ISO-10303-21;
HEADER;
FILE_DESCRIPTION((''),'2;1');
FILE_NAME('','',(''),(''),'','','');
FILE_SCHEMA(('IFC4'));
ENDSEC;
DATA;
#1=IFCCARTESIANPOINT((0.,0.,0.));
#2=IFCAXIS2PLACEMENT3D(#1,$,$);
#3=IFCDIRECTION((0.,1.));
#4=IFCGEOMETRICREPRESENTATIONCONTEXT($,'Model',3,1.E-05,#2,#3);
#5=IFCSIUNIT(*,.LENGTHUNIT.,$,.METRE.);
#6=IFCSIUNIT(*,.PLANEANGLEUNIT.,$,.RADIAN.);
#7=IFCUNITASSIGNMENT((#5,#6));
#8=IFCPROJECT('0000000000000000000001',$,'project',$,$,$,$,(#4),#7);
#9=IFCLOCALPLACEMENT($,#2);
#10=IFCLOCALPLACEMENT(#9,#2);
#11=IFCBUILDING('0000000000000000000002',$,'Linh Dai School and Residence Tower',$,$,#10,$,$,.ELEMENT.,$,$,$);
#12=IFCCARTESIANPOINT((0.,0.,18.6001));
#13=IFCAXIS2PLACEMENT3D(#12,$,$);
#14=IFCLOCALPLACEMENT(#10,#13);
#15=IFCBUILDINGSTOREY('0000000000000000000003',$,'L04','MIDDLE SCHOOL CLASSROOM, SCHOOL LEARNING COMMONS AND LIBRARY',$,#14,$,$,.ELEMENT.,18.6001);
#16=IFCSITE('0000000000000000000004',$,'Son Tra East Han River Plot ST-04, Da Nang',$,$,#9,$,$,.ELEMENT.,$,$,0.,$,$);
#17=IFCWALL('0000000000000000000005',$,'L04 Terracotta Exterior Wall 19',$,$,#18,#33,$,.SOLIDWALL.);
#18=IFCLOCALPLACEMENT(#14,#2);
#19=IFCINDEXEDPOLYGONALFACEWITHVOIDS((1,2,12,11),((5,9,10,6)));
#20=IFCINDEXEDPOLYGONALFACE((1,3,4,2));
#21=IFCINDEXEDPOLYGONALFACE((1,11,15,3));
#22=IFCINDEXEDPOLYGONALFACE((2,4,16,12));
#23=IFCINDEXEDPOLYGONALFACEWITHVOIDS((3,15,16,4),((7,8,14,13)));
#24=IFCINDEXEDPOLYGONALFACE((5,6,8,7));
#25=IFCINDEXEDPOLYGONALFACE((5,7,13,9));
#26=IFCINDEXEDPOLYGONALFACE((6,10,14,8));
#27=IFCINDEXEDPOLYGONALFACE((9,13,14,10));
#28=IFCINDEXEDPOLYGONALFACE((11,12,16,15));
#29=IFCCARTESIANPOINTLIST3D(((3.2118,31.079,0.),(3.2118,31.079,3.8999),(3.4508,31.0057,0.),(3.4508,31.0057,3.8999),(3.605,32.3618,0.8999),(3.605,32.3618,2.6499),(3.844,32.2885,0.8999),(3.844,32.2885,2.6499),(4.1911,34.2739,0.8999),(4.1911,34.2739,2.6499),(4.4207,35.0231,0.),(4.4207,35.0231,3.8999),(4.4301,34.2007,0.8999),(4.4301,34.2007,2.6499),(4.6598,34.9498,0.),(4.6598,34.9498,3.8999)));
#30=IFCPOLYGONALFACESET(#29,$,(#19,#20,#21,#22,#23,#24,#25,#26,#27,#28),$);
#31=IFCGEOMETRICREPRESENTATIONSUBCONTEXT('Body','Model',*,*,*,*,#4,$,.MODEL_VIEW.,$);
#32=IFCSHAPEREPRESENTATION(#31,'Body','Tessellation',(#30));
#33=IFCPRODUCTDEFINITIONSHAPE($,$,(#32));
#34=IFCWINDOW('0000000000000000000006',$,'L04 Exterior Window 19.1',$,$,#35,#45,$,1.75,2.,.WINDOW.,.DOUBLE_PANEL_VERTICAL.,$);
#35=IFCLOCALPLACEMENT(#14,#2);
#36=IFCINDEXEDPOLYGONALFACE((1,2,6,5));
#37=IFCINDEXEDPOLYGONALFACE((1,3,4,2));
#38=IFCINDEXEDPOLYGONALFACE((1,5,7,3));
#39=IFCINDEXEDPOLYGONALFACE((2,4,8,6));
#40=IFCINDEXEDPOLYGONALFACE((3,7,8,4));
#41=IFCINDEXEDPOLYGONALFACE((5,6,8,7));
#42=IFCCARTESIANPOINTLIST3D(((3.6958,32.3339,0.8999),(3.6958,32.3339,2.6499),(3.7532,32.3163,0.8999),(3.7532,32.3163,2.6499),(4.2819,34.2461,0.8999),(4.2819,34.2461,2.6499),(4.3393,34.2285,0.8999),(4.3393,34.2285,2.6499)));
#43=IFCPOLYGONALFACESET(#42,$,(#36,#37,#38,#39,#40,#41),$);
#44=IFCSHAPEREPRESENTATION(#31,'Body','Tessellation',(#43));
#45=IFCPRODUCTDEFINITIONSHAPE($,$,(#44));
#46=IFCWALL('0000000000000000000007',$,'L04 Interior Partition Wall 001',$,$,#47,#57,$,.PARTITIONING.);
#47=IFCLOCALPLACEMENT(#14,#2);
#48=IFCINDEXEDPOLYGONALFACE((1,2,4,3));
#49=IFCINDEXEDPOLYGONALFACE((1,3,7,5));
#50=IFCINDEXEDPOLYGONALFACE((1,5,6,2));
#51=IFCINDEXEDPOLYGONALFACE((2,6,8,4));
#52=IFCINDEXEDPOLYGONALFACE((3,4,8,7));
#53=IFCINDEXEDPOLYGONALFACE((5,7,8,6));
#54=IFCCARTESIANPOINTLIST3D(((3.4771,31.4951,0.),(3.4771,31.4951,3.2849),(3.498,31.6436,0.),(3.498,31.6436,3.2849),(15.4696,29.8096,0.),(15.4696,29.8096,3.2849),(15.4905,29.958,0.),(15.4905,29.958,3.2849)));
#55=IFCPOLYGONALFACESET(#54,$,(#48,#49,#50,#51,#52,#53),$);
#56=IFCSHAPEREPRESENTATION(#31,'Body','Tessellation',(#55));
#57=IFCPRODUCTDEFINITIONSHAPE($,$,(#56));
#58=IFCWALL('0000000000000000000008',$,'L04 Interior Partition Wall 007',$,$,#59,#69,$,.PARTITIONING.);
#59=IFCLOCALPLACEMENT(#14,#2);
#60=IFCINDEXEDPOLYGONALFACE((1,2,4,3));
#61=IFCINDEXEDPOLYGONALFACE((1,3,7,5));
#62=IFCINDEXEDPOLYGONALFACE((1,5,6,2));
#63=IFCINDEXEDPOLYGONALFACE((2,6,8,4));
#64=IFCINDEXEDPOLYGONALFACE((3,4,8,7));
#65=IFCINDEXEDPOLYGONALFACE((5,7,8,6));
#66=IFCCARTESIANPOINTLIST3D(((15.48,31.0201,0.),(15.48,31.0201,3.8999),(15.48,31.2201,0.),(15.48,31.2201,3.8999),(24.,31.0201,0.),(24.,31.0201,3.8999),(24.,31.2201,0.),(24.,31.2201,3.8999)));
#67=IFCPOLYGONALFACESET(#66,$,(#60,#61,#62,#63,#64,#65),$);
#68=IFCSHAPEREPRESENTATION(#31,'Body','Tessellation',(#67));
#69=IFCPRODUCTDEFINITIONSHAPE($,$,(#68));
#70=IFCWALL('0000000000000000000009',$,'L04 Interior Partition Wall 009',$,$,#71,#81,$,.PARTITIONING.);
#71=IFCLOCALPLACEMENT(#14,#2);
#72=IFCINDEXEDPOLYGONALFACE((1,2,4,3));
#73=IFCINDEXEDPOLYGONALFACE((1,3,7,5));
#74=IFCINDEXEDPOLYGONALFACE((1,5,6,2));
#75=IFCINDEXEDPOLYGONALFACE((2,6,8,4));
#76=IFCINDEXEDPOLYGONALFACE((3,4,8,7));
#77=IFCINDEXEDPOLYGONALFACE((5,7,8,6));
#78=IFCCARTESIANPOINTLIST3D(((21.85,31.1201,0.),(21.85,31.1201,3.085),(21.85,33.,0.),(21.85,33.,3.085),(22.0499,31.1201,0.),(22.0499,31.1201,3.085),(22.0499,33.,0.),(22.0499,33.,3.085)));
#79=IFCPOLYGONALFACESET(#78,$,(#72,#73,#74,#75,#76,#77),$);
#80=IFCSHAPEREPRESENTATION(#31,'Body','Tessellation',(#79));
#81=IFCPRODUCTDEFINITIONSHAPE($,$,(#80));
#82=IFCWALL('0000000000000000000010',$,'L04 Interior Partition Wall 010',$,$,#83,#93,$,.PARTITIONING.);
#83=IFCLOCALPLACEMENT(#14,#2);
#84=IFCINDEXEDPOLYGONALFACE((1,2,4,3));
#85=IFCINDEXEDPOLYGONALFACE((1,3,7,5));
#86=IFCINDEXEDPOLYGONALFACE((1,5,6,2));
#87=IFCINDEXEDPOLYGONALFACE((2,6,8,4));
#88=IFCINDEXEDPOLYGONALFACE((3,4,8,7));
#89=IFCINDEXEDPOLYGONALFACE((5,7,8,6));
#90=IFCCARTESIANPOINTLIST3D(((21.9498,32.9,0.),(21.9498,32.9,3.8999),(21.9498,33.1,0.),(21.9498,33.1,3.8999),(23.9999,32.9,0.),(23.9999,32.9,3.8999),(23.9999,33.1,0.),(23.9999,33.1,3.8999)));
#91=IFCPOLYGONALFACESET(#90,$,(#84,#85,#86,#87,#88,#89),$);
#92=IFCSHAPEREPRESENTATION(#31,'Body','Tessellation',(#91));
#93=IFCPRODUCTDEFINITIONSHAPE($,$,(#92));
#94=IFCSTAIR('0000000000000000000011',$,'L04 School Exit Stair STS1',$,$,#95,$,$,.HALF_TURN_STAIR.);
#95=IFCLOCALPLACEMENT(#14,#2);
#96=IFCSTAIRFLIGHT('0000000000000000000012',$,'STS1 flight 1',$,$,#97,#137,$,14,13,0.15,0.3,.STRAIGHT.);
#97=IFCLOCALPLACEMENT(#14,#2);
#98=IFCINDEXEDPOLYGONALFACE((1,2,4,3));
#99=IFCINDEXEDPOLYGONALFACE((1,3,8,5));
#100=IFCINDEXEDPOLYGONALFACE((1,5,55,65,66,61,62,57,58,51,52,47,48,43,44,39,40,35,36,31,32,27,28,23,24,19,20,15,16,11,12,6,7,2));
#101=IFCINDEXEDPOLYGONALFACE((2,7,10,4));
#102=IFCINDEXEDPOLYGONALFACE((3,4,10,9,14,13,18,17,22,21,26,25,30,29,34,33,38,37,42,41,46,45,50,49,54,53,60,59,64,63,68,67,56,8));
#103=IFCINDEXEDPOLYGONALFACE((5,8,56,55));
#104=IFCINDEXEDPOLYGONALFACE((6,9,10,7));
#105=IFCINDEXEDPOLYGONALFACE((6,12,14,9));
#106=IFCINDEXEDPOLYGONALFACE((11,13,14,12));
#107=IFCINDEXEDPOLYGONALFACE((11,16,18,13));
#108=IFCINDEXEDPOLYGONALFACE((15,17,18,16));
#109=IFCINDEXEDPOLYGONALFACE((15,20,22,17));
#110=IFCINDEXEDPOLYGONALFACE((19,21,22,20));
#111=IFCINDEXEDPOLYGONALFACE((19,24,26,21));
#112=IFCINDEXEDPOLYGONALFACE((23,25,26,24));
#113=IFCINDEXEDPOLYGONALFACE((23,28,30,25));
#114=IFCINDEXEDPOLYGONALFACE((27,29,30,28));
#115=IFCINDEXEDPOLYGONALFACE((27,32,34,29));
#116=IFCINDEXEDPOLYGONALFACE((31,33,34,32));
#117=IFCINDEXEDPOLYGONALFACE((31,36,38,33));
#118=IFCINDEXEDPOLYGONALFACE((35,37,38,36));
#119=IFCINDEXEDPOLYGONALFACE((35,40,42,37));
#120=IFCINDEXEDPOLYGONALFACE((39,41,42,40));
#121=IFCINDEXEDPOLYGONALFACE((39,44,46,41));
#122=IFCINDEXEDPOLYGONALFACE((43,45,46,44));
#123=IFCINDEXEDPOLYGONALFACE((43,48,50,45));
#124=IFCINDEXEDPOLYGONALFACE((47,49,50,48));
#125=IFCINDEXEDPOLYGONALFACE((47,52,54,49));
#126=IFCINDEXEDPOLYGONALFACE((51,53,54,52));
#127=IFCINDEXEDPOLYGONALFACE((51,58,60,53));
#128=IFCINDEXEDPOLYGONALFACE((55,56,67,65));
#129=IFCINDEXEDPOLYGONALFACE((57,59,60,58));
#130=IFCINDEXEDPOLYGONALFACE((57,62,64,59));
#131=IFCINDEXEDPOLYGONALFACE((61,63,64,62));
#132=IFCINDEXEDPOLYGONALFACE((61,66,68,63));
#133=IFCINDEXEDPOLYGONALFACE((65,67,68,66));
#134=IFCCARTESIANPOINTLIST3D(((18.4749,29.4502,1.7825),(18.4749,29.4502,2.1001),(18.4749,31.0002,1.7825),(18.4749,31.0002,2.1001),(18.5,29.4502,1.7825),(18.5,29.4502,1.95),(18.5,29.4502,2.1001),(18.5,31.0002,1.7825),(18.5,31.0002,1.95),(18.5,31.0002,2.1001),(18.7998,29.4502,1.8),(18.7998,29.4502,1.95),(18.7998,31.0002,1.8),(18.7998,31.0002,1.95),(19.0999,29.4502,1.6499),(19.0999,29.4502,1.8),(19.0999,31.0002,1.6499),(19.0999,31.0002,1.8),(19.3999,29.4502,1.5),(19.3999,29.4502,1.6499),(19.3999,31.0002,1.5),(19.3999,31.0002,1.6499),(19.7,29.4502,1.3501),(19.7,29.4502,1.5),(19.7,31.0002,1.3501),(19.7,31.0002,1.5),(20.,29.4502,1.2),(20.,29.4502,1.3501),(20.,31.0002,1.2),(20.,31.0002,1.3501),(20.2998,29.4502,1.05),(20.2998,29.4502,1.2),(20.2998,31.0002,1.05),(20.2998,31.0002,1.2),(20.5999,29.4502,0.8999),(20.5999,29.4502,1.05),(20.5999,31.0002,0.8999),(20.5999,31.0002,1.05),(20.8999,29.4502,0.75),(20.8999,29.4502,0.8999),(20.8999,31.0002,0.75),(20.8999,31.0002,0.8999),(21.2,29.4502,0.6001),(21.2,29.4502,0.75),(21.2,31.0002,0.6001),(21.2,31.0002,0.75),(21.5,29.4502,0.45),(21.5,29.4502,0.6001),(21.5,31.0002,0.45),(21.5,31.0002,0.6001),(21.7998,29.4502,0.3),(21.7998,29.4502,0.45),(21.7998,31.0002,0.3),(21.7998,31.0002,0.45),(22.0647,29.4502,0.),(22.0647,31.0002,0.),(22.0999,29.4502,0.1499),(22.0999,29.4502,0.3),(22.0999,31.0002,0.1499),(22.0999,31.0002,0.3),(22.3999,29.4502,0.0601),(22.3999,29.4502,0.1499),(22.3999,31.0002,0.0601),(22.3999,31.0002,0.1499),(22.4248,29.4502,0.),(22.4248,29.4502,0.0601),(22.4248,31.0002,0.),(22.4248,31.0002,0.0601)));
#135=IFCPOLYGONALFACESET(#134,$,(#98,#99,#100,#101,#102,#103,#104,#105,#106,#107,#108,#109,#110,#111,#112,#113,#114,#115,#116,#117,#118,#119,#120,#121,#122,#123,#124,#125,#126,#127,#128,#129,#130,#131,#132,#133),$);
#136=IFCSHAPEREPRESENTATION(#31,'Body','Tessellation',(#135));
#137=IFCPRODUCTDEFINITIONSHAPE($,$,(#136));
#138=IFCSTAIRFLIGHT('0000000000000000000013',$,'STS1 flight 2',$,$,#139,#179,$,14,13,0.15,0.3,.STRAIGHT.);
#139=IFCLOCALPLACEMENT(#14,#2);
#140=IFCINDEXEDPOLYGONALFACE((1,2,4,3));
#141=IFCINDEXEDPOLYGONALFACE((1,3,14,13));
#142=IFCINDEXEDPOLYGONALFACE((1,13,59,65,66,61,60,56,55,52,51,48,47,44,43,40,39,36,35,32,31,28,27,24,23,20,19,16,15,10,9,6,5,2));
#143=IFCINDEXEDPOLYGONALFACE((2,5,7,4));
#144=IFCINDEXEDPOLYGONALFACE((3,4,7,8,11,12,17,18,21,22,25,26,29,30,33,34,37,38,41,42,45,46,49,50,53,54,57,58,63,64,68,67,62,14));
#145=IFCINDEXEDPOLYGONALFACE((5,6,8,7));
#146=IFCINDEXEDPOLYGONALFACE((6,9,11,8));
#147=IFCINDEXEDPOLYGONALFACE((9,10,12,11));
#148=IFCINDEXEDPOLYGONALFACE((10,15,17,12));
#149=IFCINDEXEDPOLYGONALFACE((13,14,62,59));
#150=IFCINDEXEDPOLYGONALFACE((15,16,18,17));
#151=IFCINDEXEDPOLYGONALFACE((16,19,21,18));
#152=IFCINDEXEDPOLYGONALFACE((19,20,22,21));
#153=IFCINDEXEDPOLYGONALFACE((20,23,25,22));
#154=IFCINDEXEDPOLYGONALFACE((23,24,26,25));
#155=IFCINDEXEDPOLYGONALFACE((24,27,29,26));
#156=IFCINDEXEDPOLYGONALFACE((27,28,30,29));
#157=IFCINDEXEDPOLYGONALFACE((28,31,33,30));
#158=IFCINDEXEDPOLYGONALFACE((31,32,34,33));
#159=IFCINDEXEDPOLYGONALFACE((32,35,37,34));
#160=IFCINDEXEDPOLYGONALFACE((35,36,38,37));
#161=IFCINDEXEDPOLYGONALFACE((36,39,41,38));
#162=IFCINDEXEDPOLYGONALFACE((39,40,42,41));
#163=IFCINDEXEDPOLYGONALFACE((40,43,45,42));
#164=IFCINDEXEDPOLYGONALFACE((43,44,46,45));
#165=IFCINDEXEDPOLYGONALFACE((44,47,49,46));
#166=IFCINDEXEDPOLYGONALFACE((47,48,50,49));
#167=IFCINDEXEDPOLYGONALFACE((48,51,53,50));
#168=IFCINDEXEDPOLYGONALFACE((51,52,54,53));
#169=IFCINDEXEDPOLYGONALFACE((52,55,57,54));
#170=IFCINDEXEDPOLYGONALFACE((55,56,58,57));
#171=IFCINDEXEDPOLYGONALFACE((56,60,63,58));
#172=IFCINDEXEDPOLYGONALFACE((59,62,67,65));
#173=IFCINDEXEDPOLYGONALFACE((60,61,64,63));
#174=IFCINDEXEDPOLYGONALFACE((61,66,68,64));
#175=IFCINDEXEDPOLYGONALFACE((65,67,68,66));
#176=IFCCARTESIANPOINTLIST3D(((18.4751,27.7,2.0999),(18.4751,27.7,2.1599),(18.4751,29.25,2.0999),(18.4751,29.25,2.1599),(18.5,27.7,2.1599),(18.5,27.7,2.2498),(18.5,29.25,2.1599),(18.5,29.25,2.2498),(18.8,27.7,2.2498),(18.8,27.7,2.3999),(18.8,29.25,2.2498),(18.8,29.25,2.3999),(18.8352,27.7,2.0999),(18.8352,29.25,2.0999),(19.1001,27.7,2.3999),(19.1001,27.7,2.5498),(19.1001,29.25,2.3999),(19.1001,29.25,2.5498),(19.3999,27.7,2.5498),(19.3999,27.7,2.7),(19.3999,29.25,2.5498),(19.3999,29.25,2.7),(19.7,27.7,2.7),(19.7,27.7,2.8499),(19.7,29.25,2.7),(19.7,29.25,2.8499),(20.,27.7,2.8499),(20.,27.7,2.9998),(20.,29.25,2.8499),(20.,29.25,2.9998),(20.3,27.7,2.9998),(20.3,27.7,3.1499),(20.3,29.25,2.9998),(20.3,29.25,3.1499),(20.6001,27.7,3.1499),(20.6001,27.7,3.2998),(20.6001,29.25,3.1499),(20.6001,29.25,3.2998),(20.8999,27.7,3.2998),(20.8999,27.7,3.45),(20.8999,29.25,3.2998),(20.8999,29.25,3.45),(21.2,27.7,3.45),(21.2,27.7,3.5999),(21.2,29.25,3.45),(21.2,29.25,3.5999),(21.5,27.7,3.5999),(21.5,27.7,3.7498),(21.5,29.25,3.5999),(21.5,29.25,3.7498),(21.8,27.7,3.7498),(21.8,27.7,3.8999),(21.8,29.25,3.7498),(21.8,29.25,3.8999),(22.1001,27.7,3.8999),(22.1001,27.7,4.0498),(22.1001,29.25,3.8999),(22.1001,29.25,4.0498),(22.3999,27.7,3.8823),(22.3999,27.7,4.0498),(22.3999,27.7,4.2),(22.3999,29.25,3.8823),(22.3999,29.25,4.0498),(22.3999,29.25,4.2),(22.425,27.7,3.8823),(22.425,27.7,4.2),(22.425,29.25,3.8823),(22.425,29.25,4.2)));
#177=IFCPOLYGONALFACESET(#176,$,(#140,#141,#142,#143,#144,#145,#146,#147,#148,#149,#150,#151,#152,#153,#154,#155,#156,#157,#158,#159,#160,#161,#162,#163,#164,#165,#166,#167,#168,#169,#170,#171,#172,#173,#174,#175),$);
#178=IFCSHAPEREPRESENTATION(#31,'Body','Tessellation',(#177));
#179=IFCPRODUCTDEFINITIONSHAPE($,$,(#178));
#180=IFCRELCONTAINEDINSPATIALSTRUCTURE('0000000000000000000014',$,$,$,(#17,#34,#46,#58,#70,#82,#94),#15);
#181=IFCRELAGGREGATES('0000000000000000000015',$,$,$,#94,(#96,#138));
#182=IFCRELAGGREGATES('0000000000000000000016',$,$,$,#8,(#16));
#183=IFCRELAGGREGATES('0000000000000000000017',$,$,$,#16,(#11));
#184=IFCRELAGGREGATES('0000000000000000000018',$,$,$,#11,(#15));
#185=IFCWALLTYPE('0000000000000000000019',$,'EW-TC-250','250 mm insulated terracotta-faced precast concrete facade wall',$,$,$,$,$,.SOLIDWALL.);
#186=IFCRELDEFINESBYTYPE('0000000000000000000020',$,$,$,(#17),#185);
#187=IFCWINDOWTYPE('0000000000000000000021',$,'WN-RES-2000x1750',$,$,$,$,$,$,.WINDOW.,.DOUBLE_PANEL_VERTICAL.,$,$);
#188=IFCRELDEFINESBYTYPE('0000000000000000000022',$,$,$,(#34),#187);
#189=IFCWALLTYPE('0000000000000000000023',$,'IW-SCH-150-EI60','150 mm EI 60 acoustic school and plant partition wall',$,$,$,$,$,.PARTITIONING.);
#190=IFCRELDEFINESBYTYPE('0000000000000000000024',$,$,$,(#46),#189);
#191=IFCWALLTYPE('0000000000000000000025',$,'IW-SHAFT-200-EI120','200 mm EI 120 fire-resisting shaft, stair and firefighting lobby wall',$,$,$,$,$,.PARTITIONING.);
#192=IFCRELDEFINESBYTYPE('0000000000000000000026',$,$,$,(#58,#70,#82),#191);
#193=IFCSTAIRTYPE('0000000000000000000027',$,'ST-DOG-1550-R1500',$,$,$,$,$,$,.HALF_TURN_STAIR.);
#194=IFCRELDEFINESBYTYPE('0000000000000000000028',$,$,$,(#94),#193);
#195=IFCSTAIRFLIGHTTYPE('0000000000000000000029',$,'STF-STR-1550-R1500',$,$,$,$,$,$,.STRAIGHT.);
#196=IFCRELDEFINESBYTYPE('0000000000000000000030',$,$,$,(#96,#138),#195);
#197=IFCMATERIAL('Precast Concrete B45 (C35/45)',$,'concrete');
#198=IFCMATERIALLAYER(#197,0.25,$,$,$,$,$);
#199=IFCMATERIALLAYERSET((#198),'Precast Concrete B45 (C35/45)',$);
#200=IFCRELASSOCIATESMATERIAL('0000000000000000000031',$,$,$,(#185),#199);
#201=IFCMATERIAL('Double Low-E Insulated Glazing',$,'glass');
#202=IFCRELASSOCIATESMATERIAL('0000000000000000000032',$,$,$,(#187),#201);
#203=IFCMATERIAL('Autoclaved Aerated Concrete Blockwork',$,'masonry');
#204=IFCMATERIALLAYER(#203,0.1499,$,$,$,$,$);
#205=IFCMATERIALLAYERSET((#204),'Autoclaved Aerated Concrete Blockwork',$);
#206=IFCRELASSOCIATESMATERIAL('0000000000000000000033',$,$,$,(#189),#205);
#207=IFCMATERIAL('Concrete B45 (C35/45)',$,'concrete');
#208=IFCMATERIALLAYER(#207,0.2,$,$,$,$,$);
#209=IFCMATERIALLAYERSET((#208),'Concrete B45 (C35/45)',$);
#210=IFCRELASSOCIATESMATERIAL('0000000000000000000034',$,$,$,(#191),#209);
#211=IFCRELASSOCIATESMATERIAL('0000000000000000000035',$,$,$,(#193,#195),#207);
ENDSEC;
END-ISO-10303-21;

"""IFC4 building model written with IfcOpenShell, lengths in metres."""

from ifc_helpers import new_model, si_unit, direction, frame, frame_2d, origin, origin_2d, place, context, subcontext, project, spatial, polyline, rectangle, outline, extrude, source, transform, mapped, material, layer, layer_set, type_object, element, fill, aggregate, save


model = new_model("IFC4")

# Units and contexts
model_context = context("Model", 3, precision=1e-05, world=origin(), true_north=direction((0.0, 1.0)))
body_context = subcontext(model_context, "Body", "Model", "MODEL_VIEW")
ifc_project = project(units=[si_unit("LENGTHUNIT", "METRE"), si_unit("PLANEANGLEUNIT", "RADIAN")], contexts=[model_context])

# Site, building, storey
site_placement = place(None, origin())
site = spatial("IfcSite", under=ifc_project, at=site_placement, Name="Son Tra East Han River Plot ST-04, Da Nang", CompositionType="ELEMENT", RefElevation=0.0)
building_placement = place(site_placement, origin())
building = spatial("IfcBuilding", under=site, at=building_placement, Name="Linh Dai School and Residence Tower", CompositionType="ELEMENT")
storey_placement = place(building_placement, frame((0.0, 0.0, 18.6001)))
storey = spatial("IfcBuildingStorey", under=building, at=storey_placement, Name="L04", Description="MIDDLE SCHOOL CLASSROOM, SCHOOL LEARNING COMMONS AND LIBRARY", CompositionType="ELEMENT", Elevation=18.6001)

# Wall, opening, window
ifc_material_1 = material(Name="Precast Concrete B45 (C35/45)", Category="concrete")
ifc_layer_1 = layer(ifc_material_1, 0.25)
ifc_layer_set_1 = layer_set([ifc_layer_1], Name="Precast Concrete B45 (C35/45)")
wall_type_1 = type_object("IfcWallType", Name="EW-TC-250", Description="250 mm insulated terracotta-faced precast concrete facade wall", PredefinedType="SOLIDWALL", material=ifc_layer_set_1)
wall_1_placement = place(storey_placement, frame((3.3313, 31.0425, 0.0), z_axis=(0.0, 0.0, 1.0), x_axis=(0.293071, 0.956091, 0.0)))
wall_1 = element("IfcWall", 1, at=wall_1_placement, inside=storey, type_object=wall_type_1, Name="L04 Terracotta Exterior Wall 19", PredefinedType="SOLIDWALL", context=body_context, shape_type="SweptSolid", body=[
    extrude(rectangle(XDim=4.1252, YDim=0.25, at=frame_2d((2.0625, 0.0))), origin(), (0.0, 0.0, 1.0), 3.8999),
])
opening_placement = place(wall_1_placement, frame((1.3416, 0.0, 0.8999)))
opening = element("IfcOpeningElement", 2, at=opening_placement, cuts=wall_1, PredefinedType="OPENING", context=body_context, shape_type="SweptSolid", body=[
    extrude(rectangle(XDim=2.0, YDim=1.75, at=origin_2d()), frame((1.0, 0.135, 0.875), z_axis=(0.0, -1.0, 0.0), x_axis=(1.0, 0.0, 0.0)), (0.0, 0.0, 1.0), 0.27),
])
ifc_material_2 = material(Name="Double Low-E Insulated Glazing", Category="glass")
window_type = type_object("IfcWindowType", Name="WN-RES-2000x1750", PartitioningType="DOUBLE_PANEL_VERTICAL", PredefinedType="WINDOW", material=ifc_material_2)
shared_shape_1 = source(origin(), body_context, "Body", "SweptSolid", [
    extrude(rectangle(XDim=2.0, YDim=1.75, at=origin_2d()), frame((1.0, 0.03, 0.875), z_axis=(0.0, -1.0, 0.0), x_axis=(1.0, 0.0, 0.0)), (0.0, 0.0, 1.0), 0.0601),
])
window_placement = place(opening_placement, origin())
window = element("IfcWindow", 3, at=window_placement, inside=storey, type_object=window_type, Name="L04 Exterior Window 19.1", OverallHeight=1.75, OverallWidth=2.0, PartitioningType="DOUBLE_PANEL_VERTICAL", PredefinedType="WINDOW", context=body_context, shape_type="MappedRepresentation", body=[
    mapped(shared_shape_1, transform((0.0, 0.0, 0.0), x_axis=(1.0, 0.0, 0.0), y_axis=(0.0, 1.0, 0.0), z_axis=(0.0, 0.0, 1.0), scale=1.0)),
])
fill(opening, window)

# Walls
ifc_material_3 = material(Name="Autoclaved Aerated Concrete Blockwork", Category="masonry")
ifc_layer_2 = layer(ifc_material_3, 0.1499)
ifc_layer_set_2 = layer_set([ifc_layer_2], Name="Autoclaved Aerated Concrete Blockwork")
wall_type_2 = type_object("IfcWallType", Name="IW-SCH-150-EI60", Description="150 mm EI 60 acoustic school and plant partition wall", PredefinedType="PARTITIONING", material=ifc_layer_set_2)
wall_2_placement = place(storey_placement, frame((3.4875, 31.5693, 0.0), z_axis=(0.0, 0.0, 1.0), x_axis=(0.990267, -0.139183, 0.0)))
element("IfcWall", 4, at=wall_2_placement, inside=storey, type_object=wall_type_2, Name="L04 Interior Partition Wall 001", PredefinedType="PARTITIONING", context=body_context, shape_type="SweptSolid", body=[
    extrude(rectangle(XDim=12.1104, YDim=0.1499, at=frame_2d((6.0552, 0.0))), origin(), (0.0, 0.0, 1.0), 3.2849),
])
ifc_material_4 = material(Name="Concrete B45 (C35/45)", Category="concrete")
ifc_layer_3 = layer(ifc_material_4, 0.2)
ifc_layer_set_3 = layer_set([ifc_layer_3], Name="Concrete B45 (C35/45)")
wall_type_3 = type_object("IfcWallType", Name="IW-SHAFT-200-EI120", Description="200 mm EI 120 fire-resisting shaft, stair and firefighting lobby wall", PredefinedType="PARTITIONING", material=ifc_layer_set_3)
wall_3_placement = place(storey_placement, frame((15.48, 31.1201, 0.0), z_axis=(0.0, 0.0, 1.0), x_axis=(1.0, 0.0, 0.0)))
element("IfcWall", 5, at=wall_3_placement, inside=storey, type_object=wall_type_3, Name="L04 Interior Partition Wall 007", PredefinedType="PARTITIONING", context=body_context, shape_type="SweptSolid", body=[
    extrude(rectangle(XDim=8.52, YDim=0.2, at=frame_2d((4.26, 0.0))), origin(), (0.0, 0.0, 1.0), 3.8999),
])
wall_4_placement = place(storey_placement, frame((21.95, 31.1201, 0.0), z_axis=(0.0, 0.0, 1.0), x_axis=(0.0, 1.0, 0.0)))
element("IfcWall", 6, at=wall_4_placement, inside=storey, type_object=wall_type_3, Name="L04 Interior Partition Wall 009", PredefinedType="PARTITIONING", context=body_context, shape_type="SweptSolid", body=[
    extrude(rectangle(XDim=1.8799, YDim=0.2, at=frame_2d((0.9399, 0.0))), origin(), (0.0, 0.0, 1.0), 3.085),
])
wall_5_placement = place(storey_placement, frame((21.95, 33.0, 0.0), z_axis=(0.0, 0.0, 1.0), x_axis=(1.0, 0.0, 0.0)))
element("IfcWall", 7, at=wall_5_placement, inside=storey, type_object=wall_type_3, Name="L04 Interior Partition Wall 010", PredefinedType="PARTITIONING", context=body_context, shape_type="SweptSolid", body=[
    extrude(rectangle(XDim=2.05, YDim=0.2, at=frame_2d((1.0249, 0.0))), origin(), (0.0, 0.0, 1.0), 3.8999),
])

# Stair, stair flights
stair_type = type_object("IfcStairType", Name="ST-DOG-1550-R1500", PredefinedType="HALF_TURN_STAIR", material=ifc_material_4)
stair_placement = place(storey_placement, origin())
stair = element("IfcStair", 8, at=stair_placement, inside=storey, type_object=stair_type, Name="L04 School Exit Stair STS1", PredefinedType="HALF_TURN_STAIR")
stair_flight_type = type_object("IfcStairFlightType", Name="STF-STR-1550-R1500", PredefinedType="STRAIGHT", material=ifc_material_4)
shared_shape_2 = source(origin(), body_context, "Body", "SweptSolid", [
    extrude(outline(polyline([(-0.0249, 0.0), (-0.0249, 0.0601), (0.0, 0.0601), (0.0, 0.1499), (0.3, 0.1499), (0.3, 0.3), (0.6001, 0.3), (0.6001, 0.45), (0.8999, 0.45), (0.8999, 0.6001), (1.2, 0.6001), (1.2, 0.75), (1.5, 0.75), (1.5, 0.8999), (1.8, 0.8999), (1.8, 1.05), (2.1001, 1.05), (2.1001, 1.2), (2.3999, 1.2), (2.3999, 1.3501), (2.7, 1.3501), (2.7, 1.5), (3.0, 1.5), (3.0, 1.6499), (3.3, 1.6499), (3.3, 1.8), (3.6001, 1.8), (3.6001, 1.95), (3.8999, 1.95), (3.8999, 2.1001), (3.925, 2.1001), (3.925, 1.7825), (3.8999, 1.7825), (0.3352, 0.0), (-0.0249, 0.0)])), frame((0.0, 0.7749, 0.0), z_axis=(0.0, -1.0, 0.0), x_axis=(1.0, 0.0, 0.0)), (0.0, 0.0, 1.0), 1.55),
])
stair_flight_1_placement = place(storey_placement, frame((22.3999, 30.2251, 0.0), z_axis=(0.0, 0.0, 1.0), x_axis=(-1.0, 0.0, 0.0)))
stair_flight_1 = element("IfcStairFlight", 9, at=stair_flight_1_placement, type_object=stair_flight_type, Name="STS1 flight 1", NumberOfRisers=14, NumberOfTreads=13, PredefinedType="STRAIGHT", RiserHeight=0.15, TreadLength=0.3, context=body_context, shape_type="MappedRepresentation", body=[
    mapped(shared_shape_2, transform((0.0, 0.0, 0.0), x_axis=(1.0, 0.0, 0.0), y_axis=(0.0, 1.0, 0.0), z_axis=(0.0, 0.0, 1.0), scale=1.0)),
])
stair_flight_2_placement = place(storey_placement, frame((18.5, 28.4751, 2.0999), z_axis=(0.0, 0.0, 1.0), x_axis=(1.0, 0.0, 0.0)))
stair_flight_2 = element("IfcStairFlight", 10, at=stair_flight_2_placement, type_object=stair_flight_type, Name="STS1 flight 2", NumberOfRisers=14, NumberOfTreads=13, PredefinedType="STRAIGHT", RiserHeight=0.15, TreadLength=0.3, context=body_context, shape_type="MappedRepresentation", body=[
    mapped(shared_shape_2, transform((0.0, 0.0, 0.0), x_axis=(1.0, 0.0, 0.0), y_axis=(0.0, 1.0, 0.0), z_axis=(0.0, 0.0, 1.0), scale=1.0)),
])
aggregate(stair, [stair_flight_1, stair_flight_2])

save(model, "model.ifc")
